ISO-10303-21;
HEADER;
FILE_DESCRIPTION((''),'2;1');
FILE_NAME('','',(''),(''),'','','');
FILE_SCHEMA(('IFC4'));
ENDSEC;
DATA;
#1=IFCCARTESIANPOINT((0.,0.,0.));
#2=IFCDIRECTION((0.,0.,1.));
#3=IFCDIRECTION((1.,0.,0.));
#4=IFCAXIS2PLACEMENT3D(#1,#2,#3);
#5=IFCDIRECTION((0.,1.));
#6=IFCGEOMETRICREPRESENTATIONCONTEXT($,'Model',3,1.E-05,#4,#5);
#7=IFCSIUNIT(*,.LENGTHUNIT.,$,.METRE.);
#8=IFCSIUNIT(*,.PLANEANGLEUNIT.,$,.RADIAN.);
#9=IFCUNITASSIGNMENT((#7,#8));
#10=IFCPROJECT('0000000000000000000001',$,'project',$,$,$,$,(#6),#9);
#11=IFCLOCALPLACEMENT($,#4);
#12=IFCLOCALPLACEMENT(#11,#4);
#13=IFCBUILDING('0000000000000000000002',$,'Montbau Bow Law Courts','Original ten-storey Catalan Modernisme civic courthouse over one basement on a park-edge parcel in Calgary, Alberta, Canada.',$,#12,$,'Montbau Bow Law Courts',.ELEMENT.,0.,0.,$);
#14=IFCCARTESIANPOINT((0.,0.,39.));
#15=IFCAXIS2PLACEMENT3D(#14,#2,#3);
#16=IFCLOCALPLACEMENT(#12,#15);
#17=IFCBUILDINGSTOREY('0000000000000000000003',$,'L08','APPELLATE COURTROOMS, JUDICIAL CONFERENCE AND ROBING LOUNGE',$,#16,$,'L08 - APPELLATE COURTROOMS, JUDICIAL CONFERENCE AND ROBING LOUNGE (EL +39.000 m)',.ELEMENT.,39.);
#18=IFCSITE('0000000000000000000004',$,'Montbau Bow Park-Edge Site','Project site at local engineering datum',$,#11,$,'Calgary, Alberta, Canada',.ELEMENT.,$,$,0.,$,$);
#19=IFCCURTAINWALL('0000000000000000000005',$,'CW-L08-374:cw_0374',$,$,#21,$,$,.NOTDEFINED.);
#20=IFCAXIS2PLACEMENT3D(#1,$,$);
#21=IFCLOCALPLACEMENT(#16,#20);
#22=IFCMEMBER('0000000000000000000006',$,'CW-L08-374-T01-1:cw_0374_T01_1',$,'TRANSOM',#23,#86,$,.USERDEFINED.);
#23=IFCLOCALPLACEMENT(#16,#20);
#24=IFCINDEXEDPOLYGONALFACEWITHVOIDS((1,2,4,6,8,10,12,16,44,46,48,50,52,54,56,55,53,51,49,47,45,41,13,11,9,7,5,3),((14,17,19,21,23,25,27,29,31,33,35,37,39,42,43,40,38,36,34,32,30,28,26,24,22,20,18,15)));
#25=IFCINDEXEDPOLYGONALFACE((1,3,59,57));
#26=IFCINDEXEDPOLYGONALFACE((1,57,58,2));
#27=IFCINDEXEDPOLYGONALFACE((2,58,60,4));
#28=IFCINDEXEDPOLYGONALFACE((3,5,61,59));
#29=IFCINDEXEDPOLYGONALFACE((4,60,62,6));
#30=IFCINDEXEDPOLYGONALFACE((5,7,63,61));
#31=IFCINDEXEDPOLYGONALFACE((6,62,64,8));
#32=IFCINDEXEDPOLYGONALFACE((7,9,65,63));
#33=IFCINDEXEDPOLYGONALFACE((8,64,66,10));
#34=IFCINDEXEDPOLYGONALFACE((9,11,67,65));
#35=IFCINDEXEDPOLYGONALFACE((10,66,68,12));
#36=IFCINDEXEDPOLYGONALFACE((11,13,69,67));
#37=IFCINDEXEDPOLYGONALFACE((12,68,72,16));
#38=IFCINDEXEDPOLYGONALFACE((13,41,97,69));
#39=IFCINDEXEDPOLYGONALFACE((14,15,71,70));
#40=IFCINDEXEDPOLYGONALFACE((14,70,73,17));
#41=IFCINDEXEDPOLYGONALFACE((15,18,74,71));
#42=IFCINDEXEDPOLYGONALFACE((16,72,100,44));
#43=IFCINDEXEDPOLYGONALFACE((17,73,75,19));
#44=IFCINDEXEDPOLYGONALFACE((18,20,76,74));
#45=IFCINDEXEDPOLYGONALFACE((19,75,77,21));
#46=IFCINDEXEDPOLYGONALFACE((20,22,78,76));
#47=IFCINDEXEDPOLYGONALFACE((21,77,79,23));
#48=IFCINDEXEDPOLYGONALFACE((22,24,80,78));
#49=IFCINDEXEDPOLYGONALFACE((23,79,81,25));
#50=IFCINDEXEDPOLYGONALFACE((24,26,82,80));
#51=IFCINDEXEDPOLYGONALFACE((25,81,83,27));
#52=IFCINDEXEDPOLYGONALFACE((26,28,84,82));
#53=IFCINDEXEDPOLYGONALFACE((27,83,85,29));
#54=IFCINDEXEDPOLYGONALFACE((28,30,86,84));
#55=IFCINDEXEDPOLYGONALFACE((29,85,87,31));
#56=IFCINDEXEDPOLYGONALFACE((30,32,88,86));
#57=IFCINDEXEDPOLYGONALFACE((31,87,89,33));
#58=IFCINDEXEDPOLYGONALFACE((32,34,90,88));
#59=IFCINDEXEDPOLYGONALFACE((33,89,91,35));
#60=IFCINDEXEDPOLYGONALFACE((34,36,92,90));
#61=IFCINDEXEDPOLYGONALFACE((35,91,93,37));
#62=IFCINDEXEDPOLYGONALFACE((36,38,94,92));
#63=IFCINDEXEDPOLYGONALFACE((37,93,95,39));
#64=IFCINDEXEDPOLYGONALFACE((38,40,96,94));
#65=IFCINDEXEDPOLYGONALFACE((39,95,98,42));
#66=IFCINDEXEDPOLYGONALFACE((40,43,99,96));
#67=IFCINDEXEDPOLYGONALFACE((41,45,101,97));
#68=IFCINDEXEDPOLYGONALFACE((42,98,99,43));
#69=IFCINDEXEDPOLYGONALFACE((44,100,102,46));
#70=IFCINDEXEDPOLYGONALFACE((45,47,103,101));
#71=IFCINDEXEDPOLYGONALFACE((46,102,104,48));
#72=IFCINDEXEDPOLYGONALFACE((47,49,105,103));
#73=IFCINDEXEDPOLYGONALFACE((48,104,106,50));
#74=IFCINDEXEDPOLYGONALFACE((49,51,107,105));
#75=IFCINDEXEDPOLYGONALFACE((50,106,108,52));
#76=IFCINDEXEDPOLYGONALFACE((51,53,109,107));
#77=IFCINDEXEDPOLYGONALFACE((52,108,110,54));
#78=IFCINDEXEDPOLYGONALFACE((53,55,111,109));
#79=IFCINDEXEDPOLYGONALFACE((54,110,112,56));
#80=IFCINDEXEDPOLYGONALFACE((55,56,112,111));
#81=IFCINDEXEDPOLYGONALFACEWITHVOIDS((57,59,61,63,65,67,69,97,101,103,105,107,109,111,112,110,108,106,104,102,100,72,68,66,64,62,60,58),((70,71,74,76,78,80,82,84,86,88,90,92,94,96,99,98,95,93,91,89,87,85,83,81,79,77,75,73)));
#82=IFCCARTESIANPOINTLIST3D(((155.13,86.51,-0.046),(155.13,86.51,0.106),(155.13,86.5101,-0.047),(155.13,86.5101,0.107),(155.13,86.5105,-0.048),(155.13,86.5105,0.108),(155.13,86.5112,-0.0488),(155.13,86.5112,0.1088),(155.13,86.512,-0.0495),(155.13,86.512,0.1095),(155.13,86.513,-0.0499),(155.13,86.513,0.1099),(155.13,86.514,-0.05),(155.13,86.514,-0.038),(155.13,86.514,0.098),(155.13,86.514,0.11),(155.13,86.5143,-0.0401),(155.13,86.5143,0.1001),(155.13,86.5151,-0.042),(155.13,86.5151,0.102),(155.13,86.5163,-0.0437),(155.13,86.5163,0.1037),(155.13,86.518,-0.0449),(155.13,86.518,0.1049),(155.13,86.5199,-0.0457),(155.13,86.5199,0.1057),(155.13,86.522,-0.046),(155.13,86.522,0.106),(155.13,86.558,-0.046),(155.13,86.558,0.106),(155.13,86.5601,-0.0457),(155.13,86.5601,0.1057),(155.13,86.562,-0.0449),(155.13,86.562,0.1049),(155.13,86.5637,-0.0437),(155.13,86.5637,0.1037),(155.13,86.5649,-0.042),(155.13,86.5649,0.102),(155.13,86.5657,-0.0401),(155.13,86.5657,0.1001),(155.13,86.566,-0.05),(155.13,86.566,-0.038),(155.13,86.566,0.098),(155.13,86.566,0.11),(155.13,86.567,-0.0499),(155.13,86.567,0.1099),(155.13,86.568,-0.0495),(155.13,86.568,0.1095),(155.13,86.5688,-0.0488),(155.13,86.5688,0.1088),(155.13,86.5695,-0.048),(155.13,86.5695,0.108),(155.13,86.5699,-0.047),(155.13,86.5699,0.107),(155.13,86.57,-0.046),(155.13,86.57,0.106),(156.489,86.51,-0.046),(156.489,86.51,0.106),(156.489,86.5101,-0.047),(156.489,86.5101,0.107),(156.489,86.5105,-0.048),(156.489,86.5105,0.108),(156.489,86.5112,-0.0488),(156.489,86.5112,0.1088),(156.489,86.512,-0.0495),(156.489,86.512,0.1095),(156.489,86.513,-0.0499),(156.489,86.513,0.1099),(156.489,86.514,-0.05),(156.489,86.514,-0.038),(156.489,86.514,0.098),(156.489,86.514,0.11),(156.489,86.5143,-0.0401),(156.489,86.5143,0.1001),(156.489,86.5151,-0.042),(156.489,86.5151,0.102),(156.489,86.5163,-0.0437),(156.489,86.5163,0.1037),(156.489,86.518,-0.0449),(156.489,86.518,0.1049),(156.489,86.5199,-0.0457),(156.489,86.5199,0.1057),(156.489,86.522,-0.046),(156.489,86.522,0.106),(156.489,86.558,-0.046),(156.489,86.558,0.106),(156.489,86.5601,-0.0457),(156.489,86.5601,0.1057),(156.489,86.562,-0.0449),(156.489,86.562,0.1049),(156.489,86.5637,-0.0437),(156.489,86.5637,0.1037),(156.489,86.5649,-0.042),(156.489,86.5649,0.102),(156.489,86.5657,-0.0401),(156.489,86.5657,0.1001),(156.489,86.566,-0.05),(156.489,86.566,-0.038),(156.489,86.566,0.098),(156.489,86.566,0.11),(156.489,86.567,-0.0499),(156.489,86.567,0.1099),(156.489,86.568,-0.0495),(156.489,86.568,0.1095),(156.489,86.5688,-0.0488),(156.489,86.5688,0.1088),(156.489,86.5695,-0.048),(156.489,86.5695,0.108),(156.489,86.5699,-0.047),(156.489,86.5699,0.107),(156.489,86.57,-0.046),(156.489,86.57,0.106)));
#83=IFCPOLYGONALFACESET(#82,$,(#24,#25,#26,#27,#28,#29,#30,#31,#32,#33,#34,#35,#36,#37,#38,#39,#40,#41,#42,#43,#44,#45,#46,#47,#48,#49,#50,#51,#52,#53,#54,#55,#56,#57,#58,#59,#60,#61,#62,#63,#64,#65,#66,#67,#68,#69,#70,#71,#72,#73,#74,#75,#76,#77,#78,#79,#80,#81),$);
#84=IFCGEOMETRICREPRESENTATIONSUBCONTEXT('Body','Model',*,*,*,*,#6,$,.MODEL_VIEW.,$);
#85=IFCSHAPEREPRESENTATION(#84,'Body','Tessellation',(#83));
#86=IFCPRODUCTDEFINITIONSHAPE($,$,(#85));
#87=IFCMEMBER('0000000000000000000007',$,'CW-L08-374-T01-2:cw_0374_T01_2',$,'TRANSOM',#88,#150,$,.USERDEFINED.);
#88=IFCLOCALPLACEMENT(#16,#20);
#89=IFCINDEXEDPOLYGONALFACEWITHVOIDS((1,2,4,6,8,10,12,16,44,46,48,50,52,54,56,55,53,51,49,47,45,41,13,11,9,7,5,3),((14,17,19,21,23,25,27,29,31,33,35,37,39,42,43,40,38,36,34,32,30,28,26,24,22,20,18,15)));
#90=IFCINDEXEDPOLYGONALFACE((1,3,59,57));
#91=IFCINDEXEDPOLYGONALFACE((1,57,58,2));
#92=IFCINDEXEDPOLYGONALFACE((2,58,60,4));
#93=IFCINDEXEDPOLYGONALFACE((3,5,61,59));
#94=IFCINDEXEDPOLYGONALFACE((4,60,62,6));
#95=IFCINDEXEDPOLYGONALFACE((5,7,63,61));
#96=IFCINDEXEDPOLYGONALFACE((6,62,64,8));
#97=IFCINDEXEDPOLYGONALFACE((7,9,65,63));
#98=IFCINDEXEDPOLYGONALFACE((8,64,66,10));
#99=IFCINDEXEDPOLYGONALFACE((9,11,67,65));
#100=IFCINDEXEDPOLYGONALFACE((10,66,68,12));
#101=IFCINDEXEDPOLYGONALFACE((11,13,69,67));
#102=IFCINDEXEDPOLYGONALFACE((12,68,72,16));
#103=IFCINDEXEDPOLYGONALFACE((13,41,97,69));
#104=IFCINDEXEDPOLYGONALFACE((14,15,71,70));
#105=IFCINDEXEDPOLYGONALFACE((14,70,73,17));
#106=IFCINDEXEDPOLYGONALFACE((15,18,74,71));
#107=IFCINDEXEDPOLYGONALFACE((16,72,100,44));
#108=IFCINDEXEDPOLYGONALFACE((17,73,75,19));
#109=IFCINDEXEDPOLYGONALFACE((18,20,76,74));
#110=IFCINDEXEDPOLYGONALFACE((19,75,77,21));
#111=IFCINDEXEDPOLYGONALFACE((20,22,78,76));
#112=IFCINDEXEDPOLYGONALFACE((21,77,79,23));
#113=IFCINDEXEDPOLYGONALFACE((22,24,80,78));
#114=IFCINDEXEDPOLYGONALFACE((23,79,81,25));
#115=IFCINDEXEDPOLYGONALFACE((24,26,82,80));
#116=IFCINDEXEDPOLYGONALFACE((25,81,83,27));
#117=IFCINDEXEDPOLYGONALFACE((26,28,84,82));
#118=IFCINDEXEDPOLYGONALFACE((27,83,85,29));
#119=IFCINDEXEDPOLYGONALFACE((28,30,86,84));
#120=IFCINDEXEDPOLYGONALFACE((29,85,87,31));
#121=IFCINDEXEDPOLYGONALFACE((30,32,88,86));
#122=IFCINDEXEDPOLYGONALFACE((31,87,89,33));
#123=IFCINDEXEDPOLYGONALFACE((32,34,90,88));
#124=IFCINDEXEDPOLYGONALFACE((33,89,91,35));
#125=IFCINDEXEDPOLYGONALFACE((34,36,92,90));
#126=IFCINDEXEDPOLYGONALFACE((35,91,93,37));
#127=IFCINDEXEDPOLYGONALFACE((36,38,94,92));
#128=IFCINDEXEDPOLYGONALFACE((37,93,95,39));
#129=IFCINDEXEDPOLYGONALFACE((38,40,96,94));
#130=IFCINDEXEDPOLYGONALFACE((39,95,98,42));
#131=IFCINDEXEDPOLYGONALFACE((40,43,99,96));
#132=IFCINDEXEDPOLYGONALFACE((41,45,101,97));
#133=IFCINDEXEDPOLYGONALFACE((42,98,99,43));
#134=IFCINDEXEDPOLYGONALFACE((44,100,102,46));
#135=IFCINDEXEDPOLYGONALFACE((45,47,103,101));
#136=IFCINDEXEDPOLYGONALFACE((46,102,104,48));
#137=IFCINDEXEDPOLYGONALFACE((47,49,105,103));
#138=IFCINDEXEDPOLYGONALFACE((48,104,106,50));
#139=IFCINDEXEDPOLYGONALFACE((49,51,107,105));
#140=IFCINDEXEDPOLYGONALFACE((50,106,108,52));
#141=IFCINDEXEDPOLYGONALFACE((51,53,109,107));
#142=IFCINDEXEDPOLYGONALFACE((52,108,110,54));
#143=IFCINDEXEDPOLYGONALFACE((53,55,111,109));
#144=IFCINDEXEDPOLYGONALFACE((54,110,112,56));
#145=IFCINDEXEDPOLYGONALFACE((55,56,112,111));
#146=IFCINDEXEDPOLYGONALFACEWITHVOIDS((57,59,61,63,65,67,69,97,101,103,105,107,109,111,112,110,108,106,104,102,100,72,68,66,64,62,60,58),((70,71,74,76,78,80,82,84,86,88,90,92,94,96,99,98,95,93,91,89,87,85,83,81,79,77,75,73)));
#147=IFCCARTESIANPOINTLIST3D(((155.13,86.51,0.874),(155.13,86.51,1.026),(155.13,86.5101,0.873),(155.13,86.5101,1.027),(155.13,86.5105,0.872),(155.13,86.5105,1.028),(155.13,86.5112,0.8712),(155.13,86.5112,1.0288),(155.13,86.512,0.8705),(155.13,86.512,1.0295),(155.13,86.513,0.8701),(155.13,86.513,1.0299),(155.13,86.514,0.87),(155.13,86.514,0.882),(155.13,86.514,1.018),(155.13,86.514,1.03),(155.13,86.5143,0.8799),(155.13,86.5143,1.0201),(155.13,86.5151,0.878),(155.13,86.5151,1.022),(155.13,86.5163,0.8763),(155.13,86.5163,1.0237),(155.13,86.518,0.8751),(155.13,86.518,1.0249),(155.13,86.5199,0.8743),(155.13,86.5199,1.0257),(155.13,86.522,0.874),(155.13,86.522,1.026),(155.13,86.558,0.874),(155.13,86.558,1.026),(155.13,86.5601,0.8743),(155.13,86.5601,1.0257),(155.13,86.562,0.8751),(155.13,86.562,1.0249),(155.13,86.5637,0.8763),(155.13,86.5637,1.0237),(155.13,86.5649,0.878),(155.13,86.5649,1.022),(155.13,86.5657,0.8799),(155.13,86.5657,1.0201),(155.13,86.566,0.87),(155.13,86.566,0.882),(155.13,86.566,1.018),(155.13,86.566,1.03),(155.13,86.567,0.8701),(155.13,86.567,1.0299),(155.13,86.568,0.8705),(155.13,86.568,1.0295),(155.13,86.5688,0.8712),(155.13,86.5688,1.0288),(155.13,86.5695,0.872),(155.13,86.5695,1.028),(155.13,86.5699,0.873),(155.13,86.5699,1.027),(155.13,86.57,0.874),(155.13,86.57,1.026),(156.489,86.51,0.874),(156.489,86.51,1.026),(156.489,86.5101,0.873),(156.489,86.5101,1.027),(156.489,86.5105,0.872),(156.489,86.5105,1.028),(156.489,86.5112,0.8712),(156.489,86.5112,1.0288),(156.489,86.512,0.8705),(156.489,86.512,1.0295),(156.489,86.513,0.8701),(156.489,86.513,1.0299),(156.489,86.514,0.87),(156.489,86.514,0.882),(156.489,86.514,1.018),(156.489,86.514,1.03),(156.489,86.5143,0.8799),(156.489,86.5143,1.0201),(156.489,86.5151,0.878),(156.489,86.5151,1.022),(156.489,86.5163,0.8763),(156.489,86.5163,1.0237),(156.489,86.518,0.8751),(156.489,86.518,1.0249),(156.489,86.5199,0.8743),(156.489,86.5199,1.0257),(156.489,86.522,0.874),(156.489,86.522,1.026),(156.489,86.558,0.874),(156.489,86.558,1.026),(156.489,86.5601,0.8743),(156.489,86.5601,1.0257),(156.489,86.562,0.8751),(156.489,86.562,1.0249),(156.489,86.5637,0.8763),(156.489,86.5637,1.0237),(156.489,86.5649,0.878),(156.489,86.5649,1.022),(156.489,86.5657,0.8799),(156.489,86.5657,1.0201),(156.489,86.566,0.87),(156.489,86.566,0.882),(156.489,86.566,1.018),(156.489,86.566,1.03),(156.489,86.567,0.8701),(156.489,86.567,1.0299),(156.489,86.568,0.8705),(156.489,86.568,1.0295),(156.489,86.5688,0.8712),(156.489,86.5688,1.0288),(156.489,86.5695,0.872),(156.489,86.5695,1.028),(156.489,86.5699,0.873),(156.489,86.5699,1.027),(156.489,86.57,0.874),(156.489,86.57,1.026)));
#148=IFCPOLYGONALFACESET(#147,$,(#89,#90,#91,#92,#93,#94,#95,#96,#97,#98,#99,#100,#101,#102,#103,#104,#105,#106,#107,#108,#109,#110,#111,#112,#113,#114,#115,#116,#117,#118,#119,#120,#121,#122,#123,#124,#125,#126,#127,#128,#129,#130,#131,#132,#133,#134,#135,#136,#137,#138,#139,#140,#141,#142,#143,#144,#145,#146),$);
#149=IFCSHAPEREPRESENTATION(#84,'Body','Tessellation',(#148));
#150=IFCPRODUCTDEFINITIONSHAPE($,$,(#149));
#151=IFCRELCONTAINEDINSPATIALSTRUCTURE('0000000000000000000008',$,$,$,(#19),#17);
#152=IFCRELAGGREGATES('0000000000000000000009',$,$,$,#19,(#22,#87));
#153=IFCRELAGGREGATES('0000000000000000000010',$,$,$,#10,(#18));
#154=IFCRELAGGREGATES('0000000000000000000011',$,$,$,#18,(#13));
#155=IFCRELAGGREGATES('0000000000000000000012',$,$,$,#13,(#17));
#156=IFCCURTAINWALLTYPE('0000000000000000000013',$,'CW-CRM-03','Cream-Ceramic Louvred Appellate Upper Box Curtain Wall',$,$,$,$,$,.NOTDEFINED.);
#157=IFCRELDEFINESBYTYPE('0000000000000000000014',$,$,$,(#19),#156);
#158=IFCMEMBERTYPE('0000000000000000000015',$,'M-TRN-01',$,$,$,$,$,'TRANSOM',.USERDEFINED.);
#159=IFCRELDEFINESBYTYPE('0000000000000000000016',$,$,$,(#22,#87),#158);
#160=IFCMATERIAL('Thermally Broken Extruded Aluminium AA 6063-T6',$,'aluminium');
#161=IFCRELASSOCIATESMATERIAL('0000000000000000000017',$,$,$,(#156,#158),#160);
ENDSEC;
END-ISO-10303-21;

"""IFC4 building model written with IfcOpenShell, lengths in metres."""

from ifc_helpers import new_model, si_unit, direction, frame, origin_with_axes, origin_2d_with_axis, place, context, subcontext, project, spatial, hollow_rectangle, extrude, material, material_profile, profile_set, type_object, element, aggregate, save


model = new_model("IFC4")

# Units and contexts
model_context = context("Model", 3, precision=1e-05, world=origin_with_axes(), true_north=direction((0.0, 1.0)))
body_context = subcontext(model_context, "Body", "Model", "MODEL_VIEW")
ifc_project = project(units=[si_unit("LENGTHUNIT", "METRE"), si_unit("PLANEANGLEUNIT", "RADIAN")], contexts=[model_context])

# Site, building, storey
site_placement = place(None, origin_with_axes())
site = spatial("IfcSite", under=ifc_project, at=site_placement, Name="Montbau Bow Park-Edge Site", Description="Project site at local engineering datum", LongName="Calgary, Alberta, Canada", CompositionType="ELEMENT", RefElevation=0.0)
building_placement = place(site_placement, origin_with_axes())
building = spatial("IfcBuilding", under=site, at=building_placement, Name="Montbau Bow Law Courts", Description="Original ten-storey Catalan Modernisme civic courthouse over one basement on a park-edge parcel in Calgary, Alberta, Canada.", LongName="Montbau Bow Law Courts", CompositionType="ELEMENT", ElevationOfRefHeight=0.0, ElevationOfTerrain=0.0)
storey_placement = place(building_placement, frame((0.0, 0.0, 39.0), z_axis=(0.0, 0.0, 1.0), x_axis=(1.0, 0.0, 0.0)))
storey = spatial("IfcBuildingStorey", under=building, at=storey_placement, Name="L08", Description="APPELLATE COURTROOMS, JUDICIAL CONFERENCE AND ROBING LOUNGE", LongName="L08 - APPELLATE COURTROOMS, JUDICIAL CONFERENCE AND ROBING LOUNGE (EL +39.000 m)", CompositionType="ELEMENT", Elevation=39.0)

# Shared definitions
ifc_material_1 = material(Name="Thermally Broken Extruded Aluminium AA 6063-T6", Category="aluminium")
curtain_wall_type = type_object("IfcCurtainWallType", Name="CW-CRM-03", Description="Cream-Ceramic Louvred Appellate Upper Box Curtain Wall", PredefinedType="NOTDEFINED", material=ifc_material_1)

# Curtain wall, members
curtain_wall_1_placement = place(None, frame((155.068, 86.54, 39.0), z_axis=(0.0, 0.0, 1.0), x_axis=(1.0, 0.0, 0.0)))
curtain_wall_1 = element("IfcCurtainWall", 1, at=curtain_wall_1_placement, inside=storey, type_object=curtain_wall_type, Name="CW-L08-374:cw_0374", PredefinedType="NOTDEFINED")
ifc_material_profile_1 = material_profile(ifc_material_1, hollow_rectangle(XDim=0.06, YDim=0.16, WallThickness=0.004, InnerFilletRadius=0.008, OuterFilletRadius=0.004, at=origin_2d_with_axis()), Name="CWT-160X60", Category="Main", Priority=0)
ifc_profile_set_1 = profile_set([ifc_material_profile_1], Name="Thermally Broken Extruded Aluminium AA 6063-T6")
member_type_1 = type_object("IfcMemberType", Name="M-TRN-01", ElementType="TRANSOM", PredefinedType="USERDEFINED", material=ifc_profile_set_1)
member_1_placement = place(None, frame((155.13, 86.54, 39.03), z_axis=(1.0, 0.0, 0.0), x_axis=(0.0, 1.0, 0.0)))
member_1 = element("IfcMember", 2, at=member_1_placement, type_object=member_type_1, Name="CW-L08-374-T01-1:cw_0374_T01_1", ObjectType="TRANSOM", PredefinedType="USERDEFINED", context=body_context, shape_type="SweptSolid", body=[
    extrude(hollow_rectangle(XDim=0.06, YDim=0.16, WallThickness=0.004, InnerFilletRadius=0.008, OuterFilletRadius=0.004, at=origin_2d_with_axis()), origin_with_axes(), (0.0, 0.0, 1.0), 1.359),
])
member_2_placement = place(None, frame((155.13, 86.54, 39.95), z_axis=(1.0, 0.0, 0.0), x_axis=(0.0, 1.0, 0.0)))
member_2 = element("IfcMember", 3, at=member_2_placement, type_object=member_type_1, Name="CW-L08-374-T01-2:cw_0374_T01_2", ObjectType="TRANSOM", PredefinedType="USERDEFINED", context=body_context, shape_type="SweptSolid", body=[
    extrude(hollow_rectangle(XDim=0.06, YDim=0.16, WallThickness=0.004, InnerFilletRadius=0.008, OuterFilletRadius=0.004, at=origin_2d_with_axis()), origin_with_axes(), (0.0, 0.0, 1.0), 1.359),
])

aggregate(curtain_wall_1, [member_1, member_2])

save(model, "model.ifc")
